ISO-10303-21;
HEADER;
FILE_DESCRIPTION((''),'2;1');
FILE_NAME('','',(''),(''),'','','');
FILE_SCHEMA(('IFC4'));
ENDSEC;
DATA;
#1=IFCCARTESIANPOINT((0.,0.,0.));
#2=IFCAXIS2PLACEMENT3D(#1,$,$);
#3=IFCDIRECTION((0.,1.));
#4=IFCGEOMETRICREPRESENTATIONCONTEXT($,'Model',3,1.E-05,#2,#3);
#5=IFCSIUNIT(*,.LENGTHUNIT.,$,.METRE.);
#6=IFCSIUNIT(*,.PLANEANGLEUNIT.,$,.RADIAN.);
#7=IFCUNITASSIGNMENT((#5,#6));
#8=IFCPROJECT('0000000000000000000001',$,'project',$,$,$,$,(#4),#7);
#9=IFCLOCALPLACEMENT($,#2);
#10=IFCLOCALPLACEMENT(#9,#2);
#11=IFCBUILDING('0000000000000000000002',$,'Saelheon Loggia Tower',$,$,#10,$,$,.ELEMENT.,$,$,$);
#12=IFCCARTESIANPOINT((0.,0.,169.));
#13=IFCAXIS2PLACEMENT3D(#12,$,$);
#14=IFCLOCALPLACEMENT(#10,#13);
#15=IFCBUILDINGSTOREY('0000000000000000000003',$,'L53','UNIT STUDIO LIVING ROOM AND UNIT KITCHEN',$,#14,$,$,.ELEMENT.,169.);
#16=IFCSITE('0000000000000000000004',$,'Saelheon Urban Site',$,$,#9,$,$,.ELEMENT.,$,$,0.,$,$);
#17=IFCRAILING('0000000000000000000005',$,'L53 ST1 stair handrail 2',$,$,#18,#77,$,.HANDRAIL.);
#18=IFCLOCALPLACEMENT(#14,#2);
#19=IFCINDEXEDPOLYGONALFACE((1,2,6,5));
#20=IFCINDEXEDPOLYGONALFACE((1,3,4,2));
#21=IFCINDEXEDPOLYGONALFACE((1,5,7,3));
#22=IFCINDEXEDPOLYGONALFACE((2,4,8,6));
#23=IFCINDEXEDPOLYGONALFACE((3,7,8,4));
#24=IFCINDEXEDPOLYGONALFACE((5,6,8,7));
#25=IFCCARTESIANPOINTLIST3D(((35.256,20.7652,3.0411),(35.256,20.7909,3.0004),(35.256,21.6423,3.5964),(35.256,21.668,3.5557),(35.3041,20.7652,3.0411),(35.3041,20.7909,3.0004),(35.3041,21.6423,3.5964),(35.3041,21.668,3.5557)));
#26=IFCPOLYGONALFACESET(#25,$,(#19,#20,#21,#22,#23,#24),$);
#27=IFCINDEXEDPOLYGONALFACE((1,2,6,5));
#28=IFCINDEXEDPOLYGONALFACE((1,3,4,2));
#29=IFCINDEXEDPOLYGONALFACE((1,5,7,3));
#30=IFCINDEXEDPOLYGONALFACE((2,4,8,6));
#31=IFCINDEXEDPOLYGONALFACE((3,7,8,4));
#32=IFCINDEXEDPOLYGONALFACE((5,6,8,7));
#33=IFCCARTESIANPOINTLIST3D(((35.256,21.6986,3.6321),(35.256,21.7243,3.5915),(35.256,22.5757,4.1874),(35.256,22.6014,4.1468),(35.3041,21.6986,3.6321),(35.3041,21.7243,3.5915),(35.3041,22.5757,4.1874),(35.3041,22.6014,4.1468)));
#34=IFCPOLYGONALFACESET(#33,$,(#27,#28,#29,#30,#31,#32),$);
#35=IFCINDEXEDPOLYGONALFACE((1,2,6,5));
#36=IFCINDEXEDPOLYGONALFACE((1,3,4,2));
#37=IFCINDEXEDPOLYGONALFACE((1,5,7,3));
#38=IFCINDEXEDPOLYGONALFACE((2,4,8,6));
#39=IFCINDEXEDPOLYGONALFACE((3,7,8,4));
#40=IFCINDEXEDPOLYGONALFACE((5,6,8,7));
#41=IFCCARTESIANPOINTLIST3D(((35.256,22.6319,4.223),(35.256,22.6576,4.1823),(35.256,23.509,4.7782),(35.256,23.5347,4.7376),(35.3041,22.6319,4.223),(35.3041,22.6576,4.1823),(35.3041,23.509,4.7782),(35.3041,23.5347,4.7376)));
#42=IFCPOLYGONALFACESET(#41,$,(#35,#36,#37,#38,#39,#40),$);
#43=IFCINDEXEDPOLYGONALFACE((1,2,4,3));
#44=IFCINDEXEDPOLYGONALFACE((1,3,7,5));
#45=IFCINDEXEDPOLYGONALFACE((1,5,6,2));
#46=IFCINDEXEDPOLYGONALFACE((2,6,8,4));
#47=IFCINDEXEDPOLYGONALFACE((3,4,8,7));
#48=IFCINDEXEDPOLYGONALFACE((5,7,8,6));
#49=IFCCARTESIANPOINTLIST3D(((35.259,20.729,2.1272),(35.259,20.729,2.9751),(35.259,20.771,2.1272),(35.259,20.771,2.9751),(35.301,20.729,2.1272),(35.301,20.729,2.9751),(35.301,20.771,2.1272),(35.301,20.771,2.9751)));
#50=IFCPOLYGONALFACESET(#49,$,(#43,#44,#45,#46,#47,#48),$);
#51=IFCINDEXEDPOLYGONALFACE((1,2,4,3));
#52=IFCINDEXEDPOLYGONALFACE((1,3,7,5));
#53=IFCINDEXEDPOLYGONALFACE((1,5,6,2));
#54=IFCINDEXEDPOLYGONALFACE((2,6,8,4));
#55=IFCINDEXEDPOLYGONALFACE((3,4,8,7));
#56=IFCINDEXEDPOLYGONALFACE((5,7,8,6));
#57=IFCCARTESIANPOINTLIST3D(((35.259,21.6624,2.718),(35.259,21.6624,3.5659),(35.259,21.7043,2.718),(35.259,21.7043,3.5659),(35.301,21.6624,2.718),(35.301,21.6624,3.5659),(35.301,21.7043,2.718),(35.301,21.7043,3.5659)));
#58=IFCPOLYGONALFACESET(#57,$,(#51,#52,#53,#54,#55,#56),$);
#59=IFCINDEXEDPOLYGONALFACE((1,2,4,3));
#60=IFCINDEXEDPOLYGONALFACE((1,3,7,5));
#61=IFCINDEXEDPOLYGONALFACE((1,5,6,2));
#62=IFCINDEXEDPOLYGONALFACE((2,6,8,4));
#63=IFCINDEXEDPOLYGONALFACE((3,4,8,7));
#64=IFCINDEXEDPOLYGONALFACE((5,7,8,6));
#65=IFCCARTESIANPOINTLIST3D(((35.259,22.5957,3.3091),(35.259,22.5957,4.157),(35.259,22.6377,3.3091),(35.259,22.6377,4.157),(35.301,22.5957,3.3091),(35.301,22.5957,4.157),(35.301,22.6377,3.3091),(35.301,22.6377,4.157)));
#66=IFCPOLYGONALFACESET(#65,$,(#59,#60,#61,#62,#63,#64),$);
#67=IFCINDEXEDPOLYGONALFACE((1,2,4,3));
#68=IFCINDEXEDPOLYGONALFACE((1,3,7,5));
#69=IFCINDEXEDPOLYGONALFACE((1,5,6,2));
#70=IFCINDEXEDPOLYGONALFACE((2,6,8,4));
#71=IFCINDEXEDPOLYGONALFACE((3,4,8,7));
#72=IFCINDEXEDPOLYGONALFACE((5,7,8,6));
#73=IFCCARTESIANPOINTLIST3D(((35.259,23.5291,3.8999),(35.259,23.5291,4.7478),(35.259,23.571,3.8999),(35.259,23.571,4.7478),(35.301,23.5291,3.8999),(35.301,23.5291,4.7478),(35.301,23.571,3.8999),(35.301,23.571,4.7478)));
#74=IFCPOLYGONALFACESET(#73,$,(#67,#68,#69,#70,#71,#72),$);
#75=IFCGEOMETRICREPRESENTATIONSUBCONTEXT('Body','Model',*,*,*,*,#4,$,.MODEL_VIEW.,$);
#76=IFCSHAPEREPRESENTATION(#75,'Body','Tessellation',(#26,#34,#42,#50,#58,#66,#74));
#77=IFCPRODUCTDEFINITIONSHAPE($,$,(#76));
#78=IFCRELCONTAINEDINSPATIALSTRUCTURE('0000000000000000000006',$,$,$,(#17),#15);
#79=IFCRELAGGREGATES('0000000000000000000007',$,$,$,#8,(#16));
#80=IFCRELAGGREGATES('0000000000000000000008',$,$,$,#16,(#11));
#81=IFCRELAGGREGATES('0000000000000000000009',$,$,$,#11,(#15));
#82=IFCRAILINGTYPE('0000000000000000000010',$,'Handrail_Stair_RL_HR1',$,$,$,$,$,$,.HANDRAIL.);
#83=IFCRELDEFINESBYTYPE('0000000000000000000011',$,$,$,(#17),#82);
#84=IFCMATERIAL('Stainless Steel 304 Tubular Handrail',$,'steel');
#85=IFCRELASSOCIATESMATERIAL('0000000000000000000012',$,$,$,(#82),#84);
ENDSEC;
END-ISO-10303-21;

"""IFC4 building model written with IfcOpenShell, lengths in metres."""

from ifc_helpers import new_model, si_unit, direction, frame, origin, origin_2d, place, context, subcontext, project, spatial, rectangle, extrude, material, type_object, element, save


model = new_model("IFC4")

# Units and contexts
model_context = context("Model", 3, precision=1e-05, world=origin(), true_north=direction((0.0, 1.0)))
body_context = subcontext(model_context, "Body", "Model", "MODEL_VIEW")
ifc_project = project(units=[si_unit("LENGTHUNIT", "METRE"), si_unit("PLANEANGLEUNIT", "RADIAN")], contexts=[model_context])

# Site, building, storey
site_placement = place(None, origin())
site = spatial("IfcSite", under=ifc_project, at=site_placement, Name="Saelheon Urban Site", CompositionType="ELEMENT", RefElevation=0.0)
building_placement = place(site_placement, origin())
building = spatial("IfcBuilding", under=site, at=building_placement, Name="Saelheon Loggia Tower", CompositionType="ELEMENT")
storey_placement = place(building_placement, frame((0.0, 0.0, 169.0)))
storey = spatial("IfcBuildingStorey", under=building, at=storey_placement, Name="L53", Description="UNIT STUDIO LIVING ROOM AND UNIT KITCHEN", CompositionType="ELEMENT", Elevation=169.0)

# Railing
ifc_material_1 = material(Name="Stainless Steel 304 Tubular Handrail", Category="steel")
railing_type_1 = type_object("IfcRailingType", Name="Handrail_Stair_RL_HR1", PredefinedType="HANDRAIL", material=ifc_material_1)
railing_1_placement = place(storey_placement, frame((35.28, 20.75, 2.1272)))
element("IfcRailing", 1, at=railing_1_placement, inside=storey, type_object=railing_type_1, Name="L53 ST1 stair handrail 2", PredefinedType="HANDRAIL", context=body_context, shape_type="SweptSolid", body=[
    extrude(rectangle(XDim=0.0481, YDim=0.0481, at=origin_2d()), frame((0.0, 0.0281, 0.8936), z_axis=(0.0, 0.844909, 0.53491), x_axis=(-1.0, 0.0, 0.0)), (0.0, 0.0, 1.0), 1.0381),
    extrude(rectangle(XDim=0.0481, YDim=0.0481, at=origin_2d()), frame((0.0, 0.9614, 1.4846), z_axis=(0.0, 0.844909, 0.53491), x_axis=(-1.0, 0.0, 0.0)), (0.0, 0.0, 1.0), 1.0381),
    extrude(rectangle(XDim=0.0481, YDim=0.0481, at=origin_2d()), frame((0.0, 1.8948, 2.0754), z_axis=(0.0, 0.844909, 0.53491), x_axis=(-1.0, 0.0, 0.0)), (0.0, 0.0, 1.0), 1.0381),
    extrude(rectangle(XDim=0.042, YDim=0.042, at=origin_2d()), origin(), (0.0, 0.0, 1.0), 0.8479),
    extrude(rectangle(XDim=0.042, YDim=0.042, at=origin_2d()), frame((0.0, 0.9333, 0.5908)), (0.0, 0.0, 1.0), 0.8479),
    extrude(rectangle(XDim=0.042, YDim=0.042, at=origin_2d()), frame((0.0, 1.8667, 1.1819)), (0.0, 0.0, 1.0), 0.8479),
    extrude(rectangle(XDim=0.042, YDim=0.042, at=origin_2d()), frame((0.0, 2.8, 1.7727)), (0.0, 0.0, 1.0), 0.8479),
])

save(model, "model.ifc")
